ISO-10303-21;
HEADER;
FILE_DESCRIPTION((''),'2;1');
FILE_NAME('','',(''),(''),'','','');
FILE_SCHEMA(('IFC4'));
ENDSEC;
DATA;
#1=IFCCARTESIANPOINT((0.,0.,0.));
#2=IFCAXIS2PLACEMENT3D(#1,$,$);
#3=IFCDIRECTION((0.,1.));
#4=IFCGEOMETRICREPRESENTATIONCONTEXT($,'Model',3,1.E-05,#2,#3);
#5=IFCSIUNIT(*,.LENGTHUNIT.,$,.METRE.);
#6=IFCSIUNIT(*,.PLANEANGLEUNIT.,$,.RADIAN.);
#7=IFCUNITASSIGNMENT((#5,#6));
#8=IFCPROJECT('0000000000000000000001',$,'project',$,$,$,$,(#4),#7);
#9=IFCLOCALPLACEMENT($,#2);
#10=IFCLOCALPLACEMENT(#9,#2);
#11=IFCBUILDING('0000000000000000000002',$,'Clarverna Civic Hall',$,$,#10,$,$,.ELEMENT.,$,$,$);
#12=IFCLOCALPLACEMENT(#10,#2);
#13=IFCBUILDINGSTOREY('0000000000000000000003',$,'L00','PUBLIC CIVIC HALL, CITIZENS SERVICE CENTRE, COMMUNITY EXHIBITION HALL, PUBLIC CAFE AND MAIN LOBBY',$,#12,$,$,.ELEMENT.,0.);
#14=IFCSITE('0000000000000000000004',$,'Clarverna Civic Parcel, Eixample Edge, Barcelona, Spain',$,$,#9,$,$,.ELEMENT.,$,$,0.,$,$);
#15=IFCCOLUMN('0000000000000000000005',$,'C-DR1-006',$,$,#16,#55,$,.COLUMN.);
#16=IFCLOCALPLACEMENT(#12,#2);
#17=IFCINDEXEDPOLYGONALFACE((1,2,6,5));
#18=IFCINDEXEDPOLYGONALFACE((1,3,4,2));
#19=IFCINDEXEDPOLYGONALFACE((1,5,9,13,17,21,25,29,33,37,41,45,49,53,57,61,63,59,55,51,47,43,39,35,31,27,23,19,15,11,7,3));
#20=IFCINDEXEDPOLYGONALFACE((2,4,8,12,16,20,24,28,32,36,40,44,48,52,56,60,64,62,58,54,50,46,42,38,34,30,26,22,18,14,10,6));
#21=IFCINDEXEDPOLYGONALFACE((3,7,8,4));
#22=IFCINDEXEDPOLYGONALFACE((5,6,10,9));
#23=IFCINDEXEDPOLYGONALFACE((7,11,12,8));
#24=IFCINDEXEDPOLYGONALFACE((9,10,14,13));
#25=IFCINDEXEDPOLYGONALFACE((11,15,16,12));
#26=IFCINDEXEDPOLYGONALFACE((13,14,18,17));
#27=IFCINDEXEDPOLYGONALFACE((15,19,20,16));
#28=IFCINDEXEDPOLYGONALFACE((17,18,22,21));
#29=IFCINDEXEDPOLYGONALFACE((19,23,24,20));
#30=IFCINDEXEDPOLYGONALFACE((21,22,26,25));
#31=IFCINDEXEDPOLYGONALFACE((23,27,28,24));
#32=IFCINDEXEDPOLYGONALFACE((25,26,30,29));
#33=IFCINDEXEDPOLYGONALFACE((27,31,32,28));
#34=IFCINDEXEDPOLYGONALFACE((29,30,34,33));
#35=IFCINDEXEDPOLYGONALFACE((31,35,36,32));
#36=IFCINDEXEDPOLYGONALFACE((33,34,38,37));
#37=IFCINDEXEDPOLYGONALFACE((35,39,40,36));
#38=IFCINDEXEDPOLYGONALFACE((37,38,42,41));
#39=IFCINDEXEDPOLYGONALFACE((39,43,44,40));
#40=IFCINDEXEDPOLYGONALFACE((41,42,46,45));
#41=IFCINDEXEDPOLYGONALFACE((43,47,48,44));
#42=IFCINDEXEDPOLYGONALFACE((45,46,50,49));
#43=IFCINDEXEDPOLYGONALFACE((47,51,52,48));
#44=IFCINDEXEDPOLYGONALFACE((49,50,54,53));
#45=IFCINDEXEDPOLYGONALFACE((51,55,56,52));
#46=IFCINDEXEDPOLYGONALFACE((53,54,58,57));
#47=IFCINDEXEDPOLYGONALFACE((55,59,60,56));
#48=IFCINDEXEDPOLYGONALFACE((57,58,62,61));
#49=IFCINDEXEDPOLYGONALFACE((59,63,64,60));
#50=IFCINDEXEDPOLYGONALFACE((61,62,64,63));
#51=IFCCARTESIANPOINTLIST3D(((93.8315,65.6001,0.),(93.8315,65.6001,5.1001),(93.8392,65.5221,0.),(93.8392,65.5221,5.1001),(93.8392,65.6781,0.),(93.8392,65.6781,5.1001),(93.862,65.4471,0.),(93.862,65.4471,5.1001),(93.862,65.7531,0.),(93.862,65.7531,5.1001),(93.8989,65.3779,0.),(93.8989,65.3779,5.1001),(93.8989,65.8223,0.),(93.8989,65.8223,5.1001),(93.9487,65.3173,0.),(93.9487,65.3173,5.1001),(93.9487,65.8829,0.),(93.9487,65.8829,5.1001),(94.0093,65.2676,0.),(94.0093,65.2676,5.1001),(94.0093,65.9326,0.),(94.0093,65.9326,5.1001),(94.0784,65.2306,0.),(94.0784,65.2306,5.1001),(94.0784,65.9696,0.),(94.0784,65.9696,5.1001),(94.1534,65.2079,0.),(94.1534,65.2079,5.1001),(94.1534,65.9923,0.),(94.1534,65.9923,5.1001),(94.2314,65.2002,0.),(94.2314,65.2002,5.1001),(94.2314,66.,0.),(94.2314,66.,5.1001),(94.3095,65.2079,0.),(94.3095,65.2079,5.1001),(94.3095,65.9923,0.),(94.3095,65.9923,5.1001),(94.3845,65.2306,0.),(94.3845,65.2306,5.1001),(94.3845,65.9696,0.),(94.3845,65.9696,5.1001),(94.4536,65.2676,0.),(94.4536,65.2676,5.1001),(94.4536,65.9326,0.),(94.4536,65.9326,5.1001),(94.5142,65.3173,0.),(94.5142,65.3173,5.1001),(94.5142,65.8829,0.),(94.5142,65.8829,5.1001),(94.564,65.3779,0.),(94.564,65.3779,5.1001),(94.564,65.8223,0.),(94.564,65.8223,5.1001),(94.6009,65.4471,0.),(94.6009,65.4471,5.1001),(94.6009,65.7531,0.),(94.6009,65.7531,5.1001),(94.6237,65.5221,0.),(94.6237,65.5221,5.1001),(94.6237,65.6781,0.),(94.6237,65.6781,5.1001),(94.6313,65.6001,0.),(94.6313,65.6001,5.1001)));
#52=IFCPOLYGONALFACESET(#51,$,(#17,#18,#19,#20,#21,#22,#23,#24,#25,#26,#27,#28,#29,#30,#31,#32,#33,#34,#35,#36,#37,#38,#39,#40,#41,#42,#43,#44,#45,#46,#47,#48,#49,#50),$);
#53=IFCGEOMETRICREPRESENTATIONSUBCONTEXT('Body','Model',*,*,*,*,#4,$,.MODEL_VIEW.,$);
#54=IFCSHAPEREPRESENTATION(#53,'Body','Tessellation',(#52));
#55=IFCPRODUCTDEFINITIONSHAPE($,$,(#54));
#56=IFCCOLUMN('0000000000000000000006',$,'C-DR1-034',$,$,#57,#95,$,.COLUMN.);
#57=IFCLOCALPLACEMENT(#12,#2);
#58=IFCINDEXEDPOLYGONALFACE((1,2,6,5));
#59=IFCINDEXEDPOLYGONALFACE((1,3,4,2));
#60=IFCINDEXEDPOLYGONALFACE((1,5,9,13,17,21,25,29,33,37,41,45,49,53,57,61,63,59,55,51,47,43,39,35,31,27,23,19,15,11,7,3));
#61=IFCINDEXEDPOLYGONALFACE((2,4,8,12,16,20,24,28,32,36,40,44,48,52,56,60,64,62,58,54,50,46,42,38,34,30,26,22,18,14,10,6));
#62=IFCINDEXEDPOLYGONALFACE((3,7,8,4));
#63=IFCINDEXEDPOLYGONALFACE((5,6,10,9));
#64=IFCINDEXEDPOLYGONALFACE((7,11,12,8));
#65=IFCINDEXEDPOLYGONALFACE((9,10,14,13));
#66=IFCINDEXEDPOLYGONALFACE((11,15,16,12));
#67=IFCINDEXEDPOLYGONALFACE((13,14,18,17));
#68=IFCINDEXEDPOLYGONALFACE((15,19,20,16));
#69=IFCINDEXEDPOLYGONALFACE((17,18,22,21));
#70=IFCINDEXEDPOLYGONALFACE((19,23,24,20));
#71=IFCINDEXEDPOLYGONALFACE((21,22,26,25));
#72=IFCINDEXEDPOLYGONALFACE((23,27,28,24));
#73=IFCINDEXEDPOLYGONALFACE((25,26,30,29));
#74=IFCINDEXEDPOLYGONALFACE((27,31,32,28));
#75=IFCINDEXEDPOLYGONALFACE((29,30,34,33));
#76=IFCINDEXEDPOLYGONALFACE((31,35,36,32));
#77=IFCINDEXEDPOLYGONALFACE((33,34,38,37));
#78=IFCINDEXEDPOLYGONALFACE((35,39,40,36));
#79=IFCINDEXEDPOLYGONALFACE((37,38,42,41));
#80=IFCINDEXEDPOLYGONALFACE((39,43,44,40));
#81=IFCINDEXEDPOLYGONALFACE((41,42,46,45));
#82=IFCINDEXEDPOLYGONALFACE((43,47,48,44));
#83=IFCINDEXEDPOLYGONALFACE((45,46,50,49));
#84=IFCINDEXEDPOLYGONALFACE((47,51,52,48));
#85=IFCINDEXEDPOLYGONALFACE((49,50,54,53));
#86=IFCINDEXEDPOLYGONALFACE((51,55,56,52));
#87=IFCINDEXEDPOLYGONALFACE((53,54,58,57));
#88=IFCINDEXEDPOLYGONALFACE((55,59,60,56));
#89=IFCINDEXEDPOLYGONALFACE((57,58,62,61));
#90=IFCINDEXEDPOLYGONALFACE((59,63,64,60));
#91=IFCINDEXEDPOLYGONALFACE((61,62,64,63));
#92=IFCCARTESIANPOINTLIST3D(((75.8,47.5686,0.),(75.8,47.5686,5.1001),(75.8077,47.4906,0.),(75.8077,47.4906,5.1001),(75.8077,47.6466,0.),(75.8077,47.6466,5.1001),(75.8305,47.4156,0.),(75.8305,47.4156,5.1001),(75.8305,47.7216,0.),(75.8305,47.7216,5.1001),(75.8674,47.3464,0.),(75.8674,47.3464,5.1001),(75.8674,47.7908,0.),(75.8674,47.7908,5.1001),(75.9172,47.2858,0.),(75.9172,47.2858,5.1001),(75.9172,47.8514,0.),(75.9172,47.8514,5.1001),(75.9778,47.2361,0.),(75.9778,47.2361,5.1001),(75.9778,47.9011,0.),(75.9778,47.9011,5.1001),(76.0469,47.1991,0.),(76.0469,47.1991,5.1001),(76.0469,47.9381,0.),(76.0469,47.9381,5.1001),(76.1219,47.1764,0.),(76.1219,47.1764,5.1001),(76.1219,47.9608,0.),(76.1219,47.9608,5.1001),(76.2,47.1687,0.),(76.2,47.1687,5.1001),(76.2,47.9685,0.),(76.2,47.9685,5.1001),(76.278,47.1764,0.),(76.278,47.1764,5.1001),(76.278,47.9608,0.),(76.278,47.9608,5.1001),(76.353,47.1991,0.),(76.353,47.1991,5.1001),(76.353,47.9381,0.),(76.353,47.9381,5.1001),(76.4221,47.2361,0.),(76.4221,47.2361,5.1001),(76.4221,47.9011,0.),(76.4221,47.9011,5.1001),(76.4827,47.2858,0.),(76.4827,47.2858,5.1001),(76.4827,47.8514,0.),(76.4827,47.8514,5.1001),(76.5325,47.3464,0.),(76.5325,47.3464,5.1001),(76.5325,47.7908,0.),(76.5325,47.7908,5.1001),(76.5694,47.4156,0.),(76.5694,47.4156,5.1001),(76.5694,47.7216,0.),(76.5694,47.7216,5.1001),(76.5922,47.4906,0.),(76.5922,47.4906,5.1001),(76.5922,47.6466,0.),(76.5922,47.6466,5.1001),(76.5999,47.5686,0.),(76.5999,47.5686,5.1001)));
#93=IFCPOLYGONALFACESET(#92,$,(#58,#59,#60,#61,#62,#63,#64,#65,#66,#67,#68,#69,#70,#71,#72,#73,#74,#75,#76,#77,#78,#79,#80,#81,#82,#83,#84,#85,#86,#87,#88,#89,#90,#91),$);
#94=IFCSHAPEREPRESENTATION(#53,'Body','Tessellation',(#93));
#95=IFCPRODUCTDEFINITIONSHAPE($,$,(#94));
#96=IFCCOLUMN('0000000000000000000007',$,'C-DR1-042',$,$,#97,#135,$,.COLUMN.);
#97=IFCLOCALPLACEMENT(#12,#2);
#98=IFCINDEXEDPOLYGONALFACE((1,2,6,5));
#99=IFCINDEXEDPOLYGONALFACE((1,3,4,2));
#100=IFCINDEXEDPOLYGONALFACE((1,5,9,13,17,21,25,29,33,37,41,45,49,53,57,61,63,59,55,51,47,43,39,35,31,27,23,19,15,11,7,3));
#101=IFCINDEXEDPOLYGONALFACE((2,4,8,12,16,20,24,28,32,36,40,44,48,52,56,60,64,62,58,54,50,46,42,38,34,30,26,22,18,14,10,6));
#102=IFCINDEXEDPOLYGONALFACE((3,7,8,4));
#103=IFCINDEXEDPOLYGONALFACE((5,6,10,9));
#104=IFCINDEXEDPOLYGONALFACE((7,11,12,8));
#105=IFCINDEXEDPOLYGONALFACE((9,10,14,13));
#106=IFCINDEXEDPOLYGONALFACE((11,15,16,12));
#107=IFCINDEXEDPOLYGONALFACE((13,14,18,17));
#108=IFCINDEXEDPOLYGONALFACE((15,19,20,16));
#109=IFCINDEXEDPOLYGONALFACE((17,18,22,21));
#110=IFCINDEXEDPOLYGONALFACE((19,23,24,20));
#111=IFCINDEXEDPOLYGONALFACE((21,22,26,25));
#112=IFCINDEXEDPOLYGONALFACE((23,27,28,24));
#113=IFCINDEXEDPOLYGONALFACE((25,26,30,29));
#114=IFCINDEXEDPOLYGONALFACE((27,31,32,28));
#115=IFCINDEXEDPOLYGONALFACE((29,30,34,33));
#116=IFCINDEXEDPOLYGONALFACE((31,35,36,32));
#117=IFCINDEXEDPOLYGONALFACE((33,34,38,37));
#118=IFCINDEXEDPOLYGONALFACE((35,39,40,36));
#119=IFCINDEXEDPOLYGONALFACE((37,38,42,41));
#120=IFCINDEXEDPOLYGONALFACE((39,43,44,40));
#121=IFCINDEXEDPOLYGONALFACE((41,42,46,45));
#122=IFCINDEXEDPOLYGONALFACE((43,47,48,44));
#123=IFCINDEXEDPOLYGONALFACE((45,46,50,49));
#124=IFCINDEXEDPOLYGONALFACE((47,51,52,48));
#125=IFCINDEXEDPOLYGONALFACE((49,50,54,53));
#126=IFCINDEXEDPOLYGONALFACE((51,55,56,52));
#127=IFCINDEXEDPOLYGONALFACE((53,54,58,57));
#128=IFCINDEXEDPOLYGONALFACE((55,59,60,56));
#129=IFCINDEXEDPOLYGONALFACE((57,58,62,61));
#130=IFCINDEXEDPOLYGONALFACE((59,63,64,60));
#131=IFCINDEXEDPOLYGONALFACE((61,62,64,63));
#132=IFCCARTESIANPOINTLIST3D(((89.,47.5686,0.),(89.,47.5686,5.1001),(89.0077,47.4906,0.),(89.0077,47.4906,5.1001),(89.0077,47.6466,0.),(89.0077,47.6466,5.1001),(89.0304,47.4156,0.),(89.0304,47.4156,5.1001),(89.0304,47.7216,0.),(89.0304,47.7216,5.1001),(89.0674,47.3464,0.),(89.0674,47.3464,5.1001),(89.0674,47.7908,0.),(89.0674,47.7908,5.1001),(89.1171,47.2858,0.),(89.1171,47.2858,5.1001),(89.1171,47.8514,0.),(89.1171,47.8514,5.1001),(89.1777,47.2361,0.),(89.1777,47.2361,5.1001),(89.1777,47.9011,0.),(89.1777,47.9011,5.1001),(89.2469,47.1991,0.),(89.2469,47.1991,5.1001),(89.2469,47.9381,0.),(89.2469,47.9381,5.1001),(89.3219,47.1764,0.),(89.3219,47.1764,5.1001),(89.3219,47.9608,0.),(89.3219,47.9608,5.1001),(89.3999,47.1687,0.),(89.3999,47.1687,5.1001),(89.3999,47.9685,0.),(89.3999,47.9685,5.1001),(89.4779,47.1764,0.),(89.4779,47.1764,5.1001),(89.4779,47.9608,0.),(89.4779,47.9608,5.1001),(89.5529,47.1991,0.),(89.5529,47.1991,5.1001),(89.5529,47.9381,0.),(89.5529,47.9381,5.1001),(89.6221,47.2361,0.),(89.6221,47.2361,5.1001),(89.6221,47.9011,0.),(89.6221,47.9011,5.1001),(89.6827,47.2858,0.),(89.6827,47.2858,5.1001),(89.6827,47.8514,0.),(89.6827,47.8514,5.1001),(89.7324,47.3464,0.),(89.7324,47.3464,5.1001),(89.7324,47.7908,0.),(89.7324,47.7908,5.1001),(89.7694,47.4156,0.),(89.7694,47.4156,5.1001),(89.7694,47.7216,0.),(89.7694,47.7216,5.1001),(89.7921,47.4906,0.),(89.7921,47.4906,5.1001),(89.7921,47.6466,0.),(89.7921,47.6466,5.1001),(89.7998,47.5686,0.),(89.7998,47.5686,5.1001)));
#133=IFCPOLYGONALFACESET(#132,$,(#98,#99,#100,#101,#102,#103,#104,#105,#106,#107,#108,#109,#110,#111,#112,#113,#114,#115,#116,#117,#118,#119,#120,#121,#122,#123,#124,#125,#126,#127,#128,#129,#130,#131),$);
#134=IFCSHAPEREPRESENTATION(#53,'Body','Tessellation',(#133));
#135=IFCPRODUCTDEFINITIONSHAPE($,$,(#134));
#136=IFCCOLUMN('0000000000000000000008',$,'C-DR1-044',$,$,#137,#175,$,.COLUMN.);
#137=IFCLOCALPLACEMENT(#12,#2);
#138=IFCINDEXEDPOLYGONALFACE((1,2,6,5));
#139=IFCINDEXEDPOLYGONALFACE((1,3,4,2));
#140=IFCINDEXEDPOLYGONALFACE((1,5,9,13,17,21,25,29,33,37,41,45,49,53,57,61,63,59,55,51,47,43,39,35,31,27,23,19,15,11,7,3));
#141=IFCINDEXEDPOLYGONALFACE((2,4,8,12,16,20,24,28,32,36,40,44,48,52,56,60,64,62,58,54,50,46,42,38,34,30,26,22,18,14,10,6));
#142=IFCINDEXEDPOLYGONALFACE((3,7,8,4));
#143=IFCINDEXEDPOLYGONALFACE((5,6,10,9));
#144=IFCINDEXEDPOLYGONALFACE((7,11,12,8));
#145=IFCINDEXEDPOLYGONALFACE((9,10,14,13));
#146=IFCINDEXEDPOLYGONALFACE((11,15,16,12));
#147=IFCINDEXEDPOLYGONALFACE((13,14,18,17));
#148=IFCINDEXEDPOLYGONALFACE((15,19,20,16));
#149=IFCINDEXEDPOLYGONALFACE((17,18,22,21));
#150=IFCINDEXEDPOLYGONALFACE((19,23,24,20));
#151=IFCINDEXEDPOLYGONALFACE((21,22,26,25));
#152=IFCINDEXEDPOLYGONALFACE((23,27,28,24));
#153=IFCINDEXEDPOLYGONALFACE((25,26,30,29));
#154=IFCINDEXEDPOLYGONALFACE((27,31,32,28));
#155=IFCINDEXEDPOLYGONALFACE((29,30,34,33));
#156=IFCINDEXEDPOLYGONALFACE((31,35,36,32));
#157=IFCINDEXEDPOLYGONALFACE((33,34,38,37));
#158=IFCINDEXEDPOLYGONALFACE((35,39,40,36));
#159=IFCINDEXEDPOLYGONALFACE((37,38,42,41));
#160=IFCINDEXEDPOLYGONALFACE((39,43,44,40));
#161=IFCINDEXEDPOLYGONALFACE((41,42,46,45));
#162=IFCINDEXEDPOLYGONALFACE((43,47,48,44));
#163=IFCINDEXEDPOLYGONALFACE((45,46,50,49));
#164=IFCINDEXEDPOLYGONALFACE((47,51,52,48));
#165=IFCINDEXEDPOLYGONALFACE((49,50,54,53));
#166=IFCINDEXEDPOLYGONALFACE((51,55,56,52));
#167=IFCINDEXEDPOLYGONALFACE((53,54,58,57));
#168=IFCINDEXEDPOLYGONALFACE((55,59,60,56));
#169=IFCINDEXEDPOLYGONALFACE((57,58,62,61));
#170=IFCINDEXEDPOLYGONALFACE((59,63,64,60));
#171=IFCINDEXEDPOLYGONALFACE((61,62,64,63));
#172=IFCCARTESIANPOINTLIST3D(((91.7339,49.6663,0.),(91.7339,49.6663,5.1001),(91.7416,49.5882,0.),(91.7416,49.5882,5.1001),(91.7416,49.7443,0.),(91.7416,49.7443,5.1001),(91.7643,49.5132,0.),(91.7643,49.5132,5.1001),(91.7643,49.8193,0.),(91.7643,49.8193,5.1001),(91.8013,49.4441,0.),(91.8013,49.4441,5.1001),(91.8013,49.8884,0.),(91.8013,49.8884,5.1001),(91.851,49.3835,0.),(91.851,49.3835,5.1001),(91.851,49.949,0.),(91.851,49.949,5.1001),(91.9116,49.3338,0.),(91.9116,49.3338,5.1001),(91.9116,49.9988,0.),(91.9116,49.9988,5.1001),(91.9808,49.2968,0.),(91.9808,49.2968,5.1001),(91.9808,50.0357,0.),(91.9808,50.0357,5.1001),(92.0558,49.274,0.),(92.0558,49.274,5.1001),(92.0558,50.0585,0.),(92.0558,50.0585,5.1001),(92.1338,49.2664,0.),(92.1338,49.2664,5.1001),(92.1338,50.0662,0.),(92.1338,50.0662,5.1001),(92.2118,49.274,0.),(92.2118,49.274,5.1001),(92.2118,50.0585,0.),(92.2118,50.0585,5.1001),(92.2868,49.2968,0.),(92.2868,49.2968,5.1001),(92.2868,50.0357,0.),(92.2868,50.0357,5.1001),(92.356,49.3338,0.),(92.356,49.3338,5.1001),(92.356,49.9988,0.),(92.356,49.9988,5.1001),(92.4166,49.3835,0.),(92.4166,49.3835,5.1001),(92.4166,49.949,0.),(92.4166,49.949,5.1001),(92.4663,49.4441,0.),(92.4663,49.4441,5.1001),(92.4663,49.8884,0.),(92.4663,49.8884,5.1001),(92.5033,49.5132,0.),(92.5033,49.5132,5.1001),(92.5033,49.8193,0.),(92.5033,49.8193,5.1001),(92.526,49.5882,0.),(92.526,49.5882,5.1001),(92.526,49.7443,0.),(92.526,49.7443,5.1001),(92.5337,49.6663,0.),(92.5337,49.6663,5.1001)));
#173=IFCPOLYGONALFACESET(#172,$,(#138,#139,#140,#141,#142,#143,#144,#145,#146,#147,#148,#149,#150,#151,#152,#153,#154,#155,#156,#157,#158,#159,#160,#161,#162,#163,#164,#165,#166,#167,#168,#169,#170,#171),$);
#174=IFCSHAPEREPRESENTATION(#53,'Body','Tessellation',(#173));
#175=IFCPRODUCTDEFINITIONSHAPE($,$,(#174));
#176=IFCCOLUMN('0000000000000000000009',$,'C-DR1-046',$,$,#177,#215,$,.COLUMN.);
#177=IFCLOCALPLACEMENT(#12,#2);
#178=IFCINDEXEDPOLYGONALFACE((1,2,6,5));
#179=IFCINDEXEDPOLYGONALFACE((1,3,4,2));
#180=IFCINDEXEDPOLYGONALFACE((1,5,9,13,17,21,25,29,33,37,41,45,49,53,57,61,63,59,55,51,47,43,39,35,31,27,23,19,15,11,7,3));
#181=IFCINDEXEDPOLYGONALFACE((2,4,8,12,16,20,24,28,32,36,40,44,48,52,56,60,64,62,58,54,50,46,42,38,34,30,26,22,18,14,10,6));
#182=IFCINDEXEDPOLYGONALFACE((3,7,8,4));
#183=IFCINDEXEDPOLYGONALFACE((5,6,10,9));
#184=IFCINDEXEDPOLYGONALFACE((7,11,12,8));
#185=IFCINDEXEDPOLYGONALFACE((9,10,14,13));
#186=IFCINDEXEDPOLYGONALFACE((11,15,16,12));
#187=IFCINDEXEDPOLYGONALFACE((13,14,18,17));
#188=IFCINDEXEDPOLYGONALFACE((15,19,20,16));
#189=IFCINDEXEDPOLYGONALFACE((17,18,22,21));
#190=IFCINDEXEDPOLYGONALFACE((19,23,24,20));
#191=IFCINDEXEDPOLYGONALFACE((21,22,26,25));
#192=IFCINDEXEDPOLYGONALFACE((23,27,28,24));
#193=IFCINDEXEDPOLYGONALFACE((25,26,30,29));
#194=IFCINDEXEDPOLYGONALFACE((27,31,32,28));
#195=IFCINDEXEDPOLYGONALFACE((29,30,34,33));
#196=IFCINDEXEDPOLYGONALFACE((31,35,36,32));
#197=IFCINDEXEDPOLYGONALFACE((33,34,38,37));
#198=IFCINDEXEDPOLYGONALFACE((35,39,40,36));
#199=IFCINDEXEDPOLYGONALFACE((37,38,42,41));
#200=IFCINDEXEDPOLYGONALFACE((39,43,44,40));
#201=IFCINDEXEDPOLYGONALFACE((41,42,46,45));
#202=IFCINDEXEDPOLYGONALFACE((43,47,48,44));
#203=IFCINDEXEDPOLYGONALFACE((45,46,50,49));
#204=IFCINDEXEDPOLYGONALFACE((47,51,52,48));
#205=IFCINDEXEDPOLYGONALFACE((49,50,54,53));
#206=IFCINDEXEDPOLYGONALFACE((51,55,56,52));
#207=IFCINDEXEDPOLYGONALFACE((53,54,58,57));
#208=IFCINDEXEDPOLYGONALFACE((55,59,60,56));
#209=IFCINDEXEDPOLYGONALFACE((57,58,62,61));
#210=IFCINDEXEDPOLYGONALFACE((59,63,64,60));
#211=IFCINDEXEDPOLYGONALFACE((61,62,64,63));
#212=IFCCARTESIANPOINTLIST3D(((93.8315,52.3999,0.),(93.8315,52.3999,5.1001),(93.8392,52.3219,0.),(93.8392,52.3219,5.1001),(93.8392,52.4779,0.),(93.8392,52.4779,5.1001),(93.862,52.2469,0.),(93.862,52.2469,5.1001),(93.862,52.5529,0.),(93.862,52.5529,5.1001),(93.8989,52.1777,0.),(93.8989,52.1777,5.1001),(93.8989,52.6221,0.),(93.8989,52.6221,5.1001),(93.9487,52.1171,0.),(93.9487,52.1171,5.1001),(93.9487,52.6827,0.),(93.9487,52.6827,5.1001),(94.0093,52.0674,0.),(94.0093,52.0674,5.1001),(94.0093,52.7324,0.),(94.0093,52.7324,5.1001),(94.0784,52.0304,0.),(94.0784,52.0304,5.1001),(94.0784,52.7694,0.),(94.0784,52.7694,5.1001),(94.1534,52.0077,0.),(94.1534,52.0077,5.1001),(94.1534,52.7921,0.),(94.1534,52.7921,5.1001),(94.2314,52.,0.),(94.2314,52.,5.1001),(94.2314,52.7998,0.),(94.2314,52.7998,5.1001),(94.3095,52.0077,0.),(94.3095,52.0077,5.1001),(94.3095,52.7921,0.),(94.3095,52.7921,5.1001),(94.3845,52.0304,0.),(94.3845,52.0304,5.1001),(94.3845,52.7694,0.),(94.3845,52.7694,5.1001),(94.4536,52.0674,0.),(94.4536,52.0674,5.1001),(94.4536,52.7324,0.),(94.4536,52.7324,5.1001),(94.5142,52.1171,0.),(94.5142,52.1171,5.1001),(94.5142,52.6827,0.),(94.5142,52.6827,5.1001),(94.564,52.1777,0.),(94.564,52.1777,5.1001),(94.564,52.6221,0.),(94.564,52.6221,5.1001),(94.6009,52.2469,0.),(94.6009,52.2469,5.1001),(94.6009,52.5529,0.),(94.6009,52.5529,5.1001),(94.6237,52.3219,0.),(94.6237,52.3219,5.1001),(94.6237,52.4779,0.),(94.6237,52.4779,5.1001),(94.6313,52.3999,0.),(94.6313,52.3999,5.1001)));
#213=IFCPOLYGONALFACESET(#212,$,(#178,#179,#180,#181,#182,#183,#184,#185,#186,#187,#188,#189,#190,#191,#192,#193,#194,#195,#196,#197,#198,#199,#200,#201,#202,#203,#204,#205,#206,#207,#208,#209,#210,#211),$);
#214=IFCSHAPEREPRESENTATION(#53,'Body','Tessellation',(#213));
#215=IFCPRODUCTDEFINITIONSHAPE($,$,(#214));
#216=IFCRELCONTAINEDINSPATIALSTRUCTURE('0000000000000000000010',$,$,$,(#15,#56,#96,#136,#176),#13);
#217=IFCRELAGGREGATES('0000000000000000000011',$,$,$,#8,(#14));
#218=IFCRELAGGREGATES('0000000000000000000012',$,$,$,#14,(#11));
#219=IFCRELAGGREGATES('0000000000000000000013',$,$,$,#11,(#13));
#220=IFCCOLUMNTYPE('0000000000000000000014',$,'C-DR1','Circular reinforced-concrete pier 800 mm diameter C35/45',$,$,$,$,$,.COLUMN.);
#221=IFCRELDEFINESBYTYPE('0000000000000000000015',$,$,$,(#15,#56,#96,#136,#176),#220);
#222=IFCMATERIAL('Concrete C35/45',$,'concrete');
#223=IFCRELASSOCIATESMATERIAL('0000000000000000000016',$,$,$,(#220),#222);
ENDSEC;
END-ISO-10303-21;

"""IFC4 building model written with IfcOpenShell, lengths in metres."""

from ifc_helpers import new_model, si_unit, direction, frame, origin, origin_2d, place, context, subcontext, project, spatial, circle, extrude, material, material_profile, profile_set, type_object, element, save


model = new_model("IFC4")

# Units and contexts
model_context = context("Model", 3, precision=1e-05, world=origin(), true_north=direction((0.0, 1.0)))
body_context = subcontext(model_context, "Body", "Model", "MODEL_VIEW")
ifc_project = project(units=[si_unit("LENGTHUNIT", "METRE"), si_unit("PLANEANGLEUNIT", "RADIAN")], contexts=[model_context])

# Site, building, storey
site_placement = place(None, origin())
site = spatial("IfcSite", under=ifc_project, at=site_placement, Name="Clarverna Civic Parcel, Eixample Edge, Barcelona, Spain", CompositionType="ELEMENT", RefElevation=0.0)
building_placement = place(site_placement, origin())
building = spatial("IfcBuilding", under=site, at=building_placement, Name="Clarverna Civic Hall", CompositionType="ELEMENT")
storey_placement = place(building_placement, origin())
storey = spatial("IfcBuildingStorey", under=building, at=storey_placement, Name="L00", Description="PUBLIC CIVIC HALL, CITIZENS SERVICE CENTRE, COMMUNITY EXHIBITION HALL, PUBLIC CAFE AND MAIN LOBBY", CompositionType="ELEMENT", Elevation=0.0)

# Columns
ifc_material_1 = material(Name="Concrete C35/45", Category="concrete")
ifc_material_profile_1 = material_profile(ifc_material_1, circle(Radius=0.3999, at=origin_2d()), Name="RC D800")
ifc_profile_set_1 = profile_set([ifc_material_profile_1], Name="Concrete C35/45")
column_type_1 = type_object("IfcColumnType", Name="C-DR1", Description="Circular reinforced-concrete pier 800 mm diameter C35/45", PredefinedType="COLUMN", material=ifc_profile_set_1)
for number, where, z_axis, x_axis, name in (
    (1, (94.2314, 65.6001, 0.0), (0.0, 0.0, 1.0), (1.0, 0.0, 0.0), "C-DR1-006"),
    (2, (76.2, 47.5686, 0.0), (0.0, 0.0, 1.0), (1.0, 0.0, 0.0), "C-DR1-034"),
    (3, (89.3999, 47.5686, 0.0), (0.0, 0.0, 1.0), (1.0, 0.0, 0.0), "C-DR1-042"),
    (4, (92.1338, 49.6663, 0.0), (0.0, 0.0, 1.0), (1.0, 0.0, 0.0), "C-DR1-044"),
    (5, (94.2314, 52.3999, 0.0), (0.0, 0.0, 1.0), (1.0, 0.0, 0.0), "C-DR1-046"),
):
    element("IfcColumn", number, at=place(storey_placement, frame(where, z_axis=z_axis, x_axis=x_axis)), inside=storey, type_object=column_type_1, Name=name, PredefinedType="COLUMN", context=body_context, shape_type="SweptSolid", body=[
        extrude(circle(Radius=0.3999, at=origin_2d()), origin(), (0.0, 0.0, 1.0), 5.1001),
    ])

save(model, "model.ifc")
